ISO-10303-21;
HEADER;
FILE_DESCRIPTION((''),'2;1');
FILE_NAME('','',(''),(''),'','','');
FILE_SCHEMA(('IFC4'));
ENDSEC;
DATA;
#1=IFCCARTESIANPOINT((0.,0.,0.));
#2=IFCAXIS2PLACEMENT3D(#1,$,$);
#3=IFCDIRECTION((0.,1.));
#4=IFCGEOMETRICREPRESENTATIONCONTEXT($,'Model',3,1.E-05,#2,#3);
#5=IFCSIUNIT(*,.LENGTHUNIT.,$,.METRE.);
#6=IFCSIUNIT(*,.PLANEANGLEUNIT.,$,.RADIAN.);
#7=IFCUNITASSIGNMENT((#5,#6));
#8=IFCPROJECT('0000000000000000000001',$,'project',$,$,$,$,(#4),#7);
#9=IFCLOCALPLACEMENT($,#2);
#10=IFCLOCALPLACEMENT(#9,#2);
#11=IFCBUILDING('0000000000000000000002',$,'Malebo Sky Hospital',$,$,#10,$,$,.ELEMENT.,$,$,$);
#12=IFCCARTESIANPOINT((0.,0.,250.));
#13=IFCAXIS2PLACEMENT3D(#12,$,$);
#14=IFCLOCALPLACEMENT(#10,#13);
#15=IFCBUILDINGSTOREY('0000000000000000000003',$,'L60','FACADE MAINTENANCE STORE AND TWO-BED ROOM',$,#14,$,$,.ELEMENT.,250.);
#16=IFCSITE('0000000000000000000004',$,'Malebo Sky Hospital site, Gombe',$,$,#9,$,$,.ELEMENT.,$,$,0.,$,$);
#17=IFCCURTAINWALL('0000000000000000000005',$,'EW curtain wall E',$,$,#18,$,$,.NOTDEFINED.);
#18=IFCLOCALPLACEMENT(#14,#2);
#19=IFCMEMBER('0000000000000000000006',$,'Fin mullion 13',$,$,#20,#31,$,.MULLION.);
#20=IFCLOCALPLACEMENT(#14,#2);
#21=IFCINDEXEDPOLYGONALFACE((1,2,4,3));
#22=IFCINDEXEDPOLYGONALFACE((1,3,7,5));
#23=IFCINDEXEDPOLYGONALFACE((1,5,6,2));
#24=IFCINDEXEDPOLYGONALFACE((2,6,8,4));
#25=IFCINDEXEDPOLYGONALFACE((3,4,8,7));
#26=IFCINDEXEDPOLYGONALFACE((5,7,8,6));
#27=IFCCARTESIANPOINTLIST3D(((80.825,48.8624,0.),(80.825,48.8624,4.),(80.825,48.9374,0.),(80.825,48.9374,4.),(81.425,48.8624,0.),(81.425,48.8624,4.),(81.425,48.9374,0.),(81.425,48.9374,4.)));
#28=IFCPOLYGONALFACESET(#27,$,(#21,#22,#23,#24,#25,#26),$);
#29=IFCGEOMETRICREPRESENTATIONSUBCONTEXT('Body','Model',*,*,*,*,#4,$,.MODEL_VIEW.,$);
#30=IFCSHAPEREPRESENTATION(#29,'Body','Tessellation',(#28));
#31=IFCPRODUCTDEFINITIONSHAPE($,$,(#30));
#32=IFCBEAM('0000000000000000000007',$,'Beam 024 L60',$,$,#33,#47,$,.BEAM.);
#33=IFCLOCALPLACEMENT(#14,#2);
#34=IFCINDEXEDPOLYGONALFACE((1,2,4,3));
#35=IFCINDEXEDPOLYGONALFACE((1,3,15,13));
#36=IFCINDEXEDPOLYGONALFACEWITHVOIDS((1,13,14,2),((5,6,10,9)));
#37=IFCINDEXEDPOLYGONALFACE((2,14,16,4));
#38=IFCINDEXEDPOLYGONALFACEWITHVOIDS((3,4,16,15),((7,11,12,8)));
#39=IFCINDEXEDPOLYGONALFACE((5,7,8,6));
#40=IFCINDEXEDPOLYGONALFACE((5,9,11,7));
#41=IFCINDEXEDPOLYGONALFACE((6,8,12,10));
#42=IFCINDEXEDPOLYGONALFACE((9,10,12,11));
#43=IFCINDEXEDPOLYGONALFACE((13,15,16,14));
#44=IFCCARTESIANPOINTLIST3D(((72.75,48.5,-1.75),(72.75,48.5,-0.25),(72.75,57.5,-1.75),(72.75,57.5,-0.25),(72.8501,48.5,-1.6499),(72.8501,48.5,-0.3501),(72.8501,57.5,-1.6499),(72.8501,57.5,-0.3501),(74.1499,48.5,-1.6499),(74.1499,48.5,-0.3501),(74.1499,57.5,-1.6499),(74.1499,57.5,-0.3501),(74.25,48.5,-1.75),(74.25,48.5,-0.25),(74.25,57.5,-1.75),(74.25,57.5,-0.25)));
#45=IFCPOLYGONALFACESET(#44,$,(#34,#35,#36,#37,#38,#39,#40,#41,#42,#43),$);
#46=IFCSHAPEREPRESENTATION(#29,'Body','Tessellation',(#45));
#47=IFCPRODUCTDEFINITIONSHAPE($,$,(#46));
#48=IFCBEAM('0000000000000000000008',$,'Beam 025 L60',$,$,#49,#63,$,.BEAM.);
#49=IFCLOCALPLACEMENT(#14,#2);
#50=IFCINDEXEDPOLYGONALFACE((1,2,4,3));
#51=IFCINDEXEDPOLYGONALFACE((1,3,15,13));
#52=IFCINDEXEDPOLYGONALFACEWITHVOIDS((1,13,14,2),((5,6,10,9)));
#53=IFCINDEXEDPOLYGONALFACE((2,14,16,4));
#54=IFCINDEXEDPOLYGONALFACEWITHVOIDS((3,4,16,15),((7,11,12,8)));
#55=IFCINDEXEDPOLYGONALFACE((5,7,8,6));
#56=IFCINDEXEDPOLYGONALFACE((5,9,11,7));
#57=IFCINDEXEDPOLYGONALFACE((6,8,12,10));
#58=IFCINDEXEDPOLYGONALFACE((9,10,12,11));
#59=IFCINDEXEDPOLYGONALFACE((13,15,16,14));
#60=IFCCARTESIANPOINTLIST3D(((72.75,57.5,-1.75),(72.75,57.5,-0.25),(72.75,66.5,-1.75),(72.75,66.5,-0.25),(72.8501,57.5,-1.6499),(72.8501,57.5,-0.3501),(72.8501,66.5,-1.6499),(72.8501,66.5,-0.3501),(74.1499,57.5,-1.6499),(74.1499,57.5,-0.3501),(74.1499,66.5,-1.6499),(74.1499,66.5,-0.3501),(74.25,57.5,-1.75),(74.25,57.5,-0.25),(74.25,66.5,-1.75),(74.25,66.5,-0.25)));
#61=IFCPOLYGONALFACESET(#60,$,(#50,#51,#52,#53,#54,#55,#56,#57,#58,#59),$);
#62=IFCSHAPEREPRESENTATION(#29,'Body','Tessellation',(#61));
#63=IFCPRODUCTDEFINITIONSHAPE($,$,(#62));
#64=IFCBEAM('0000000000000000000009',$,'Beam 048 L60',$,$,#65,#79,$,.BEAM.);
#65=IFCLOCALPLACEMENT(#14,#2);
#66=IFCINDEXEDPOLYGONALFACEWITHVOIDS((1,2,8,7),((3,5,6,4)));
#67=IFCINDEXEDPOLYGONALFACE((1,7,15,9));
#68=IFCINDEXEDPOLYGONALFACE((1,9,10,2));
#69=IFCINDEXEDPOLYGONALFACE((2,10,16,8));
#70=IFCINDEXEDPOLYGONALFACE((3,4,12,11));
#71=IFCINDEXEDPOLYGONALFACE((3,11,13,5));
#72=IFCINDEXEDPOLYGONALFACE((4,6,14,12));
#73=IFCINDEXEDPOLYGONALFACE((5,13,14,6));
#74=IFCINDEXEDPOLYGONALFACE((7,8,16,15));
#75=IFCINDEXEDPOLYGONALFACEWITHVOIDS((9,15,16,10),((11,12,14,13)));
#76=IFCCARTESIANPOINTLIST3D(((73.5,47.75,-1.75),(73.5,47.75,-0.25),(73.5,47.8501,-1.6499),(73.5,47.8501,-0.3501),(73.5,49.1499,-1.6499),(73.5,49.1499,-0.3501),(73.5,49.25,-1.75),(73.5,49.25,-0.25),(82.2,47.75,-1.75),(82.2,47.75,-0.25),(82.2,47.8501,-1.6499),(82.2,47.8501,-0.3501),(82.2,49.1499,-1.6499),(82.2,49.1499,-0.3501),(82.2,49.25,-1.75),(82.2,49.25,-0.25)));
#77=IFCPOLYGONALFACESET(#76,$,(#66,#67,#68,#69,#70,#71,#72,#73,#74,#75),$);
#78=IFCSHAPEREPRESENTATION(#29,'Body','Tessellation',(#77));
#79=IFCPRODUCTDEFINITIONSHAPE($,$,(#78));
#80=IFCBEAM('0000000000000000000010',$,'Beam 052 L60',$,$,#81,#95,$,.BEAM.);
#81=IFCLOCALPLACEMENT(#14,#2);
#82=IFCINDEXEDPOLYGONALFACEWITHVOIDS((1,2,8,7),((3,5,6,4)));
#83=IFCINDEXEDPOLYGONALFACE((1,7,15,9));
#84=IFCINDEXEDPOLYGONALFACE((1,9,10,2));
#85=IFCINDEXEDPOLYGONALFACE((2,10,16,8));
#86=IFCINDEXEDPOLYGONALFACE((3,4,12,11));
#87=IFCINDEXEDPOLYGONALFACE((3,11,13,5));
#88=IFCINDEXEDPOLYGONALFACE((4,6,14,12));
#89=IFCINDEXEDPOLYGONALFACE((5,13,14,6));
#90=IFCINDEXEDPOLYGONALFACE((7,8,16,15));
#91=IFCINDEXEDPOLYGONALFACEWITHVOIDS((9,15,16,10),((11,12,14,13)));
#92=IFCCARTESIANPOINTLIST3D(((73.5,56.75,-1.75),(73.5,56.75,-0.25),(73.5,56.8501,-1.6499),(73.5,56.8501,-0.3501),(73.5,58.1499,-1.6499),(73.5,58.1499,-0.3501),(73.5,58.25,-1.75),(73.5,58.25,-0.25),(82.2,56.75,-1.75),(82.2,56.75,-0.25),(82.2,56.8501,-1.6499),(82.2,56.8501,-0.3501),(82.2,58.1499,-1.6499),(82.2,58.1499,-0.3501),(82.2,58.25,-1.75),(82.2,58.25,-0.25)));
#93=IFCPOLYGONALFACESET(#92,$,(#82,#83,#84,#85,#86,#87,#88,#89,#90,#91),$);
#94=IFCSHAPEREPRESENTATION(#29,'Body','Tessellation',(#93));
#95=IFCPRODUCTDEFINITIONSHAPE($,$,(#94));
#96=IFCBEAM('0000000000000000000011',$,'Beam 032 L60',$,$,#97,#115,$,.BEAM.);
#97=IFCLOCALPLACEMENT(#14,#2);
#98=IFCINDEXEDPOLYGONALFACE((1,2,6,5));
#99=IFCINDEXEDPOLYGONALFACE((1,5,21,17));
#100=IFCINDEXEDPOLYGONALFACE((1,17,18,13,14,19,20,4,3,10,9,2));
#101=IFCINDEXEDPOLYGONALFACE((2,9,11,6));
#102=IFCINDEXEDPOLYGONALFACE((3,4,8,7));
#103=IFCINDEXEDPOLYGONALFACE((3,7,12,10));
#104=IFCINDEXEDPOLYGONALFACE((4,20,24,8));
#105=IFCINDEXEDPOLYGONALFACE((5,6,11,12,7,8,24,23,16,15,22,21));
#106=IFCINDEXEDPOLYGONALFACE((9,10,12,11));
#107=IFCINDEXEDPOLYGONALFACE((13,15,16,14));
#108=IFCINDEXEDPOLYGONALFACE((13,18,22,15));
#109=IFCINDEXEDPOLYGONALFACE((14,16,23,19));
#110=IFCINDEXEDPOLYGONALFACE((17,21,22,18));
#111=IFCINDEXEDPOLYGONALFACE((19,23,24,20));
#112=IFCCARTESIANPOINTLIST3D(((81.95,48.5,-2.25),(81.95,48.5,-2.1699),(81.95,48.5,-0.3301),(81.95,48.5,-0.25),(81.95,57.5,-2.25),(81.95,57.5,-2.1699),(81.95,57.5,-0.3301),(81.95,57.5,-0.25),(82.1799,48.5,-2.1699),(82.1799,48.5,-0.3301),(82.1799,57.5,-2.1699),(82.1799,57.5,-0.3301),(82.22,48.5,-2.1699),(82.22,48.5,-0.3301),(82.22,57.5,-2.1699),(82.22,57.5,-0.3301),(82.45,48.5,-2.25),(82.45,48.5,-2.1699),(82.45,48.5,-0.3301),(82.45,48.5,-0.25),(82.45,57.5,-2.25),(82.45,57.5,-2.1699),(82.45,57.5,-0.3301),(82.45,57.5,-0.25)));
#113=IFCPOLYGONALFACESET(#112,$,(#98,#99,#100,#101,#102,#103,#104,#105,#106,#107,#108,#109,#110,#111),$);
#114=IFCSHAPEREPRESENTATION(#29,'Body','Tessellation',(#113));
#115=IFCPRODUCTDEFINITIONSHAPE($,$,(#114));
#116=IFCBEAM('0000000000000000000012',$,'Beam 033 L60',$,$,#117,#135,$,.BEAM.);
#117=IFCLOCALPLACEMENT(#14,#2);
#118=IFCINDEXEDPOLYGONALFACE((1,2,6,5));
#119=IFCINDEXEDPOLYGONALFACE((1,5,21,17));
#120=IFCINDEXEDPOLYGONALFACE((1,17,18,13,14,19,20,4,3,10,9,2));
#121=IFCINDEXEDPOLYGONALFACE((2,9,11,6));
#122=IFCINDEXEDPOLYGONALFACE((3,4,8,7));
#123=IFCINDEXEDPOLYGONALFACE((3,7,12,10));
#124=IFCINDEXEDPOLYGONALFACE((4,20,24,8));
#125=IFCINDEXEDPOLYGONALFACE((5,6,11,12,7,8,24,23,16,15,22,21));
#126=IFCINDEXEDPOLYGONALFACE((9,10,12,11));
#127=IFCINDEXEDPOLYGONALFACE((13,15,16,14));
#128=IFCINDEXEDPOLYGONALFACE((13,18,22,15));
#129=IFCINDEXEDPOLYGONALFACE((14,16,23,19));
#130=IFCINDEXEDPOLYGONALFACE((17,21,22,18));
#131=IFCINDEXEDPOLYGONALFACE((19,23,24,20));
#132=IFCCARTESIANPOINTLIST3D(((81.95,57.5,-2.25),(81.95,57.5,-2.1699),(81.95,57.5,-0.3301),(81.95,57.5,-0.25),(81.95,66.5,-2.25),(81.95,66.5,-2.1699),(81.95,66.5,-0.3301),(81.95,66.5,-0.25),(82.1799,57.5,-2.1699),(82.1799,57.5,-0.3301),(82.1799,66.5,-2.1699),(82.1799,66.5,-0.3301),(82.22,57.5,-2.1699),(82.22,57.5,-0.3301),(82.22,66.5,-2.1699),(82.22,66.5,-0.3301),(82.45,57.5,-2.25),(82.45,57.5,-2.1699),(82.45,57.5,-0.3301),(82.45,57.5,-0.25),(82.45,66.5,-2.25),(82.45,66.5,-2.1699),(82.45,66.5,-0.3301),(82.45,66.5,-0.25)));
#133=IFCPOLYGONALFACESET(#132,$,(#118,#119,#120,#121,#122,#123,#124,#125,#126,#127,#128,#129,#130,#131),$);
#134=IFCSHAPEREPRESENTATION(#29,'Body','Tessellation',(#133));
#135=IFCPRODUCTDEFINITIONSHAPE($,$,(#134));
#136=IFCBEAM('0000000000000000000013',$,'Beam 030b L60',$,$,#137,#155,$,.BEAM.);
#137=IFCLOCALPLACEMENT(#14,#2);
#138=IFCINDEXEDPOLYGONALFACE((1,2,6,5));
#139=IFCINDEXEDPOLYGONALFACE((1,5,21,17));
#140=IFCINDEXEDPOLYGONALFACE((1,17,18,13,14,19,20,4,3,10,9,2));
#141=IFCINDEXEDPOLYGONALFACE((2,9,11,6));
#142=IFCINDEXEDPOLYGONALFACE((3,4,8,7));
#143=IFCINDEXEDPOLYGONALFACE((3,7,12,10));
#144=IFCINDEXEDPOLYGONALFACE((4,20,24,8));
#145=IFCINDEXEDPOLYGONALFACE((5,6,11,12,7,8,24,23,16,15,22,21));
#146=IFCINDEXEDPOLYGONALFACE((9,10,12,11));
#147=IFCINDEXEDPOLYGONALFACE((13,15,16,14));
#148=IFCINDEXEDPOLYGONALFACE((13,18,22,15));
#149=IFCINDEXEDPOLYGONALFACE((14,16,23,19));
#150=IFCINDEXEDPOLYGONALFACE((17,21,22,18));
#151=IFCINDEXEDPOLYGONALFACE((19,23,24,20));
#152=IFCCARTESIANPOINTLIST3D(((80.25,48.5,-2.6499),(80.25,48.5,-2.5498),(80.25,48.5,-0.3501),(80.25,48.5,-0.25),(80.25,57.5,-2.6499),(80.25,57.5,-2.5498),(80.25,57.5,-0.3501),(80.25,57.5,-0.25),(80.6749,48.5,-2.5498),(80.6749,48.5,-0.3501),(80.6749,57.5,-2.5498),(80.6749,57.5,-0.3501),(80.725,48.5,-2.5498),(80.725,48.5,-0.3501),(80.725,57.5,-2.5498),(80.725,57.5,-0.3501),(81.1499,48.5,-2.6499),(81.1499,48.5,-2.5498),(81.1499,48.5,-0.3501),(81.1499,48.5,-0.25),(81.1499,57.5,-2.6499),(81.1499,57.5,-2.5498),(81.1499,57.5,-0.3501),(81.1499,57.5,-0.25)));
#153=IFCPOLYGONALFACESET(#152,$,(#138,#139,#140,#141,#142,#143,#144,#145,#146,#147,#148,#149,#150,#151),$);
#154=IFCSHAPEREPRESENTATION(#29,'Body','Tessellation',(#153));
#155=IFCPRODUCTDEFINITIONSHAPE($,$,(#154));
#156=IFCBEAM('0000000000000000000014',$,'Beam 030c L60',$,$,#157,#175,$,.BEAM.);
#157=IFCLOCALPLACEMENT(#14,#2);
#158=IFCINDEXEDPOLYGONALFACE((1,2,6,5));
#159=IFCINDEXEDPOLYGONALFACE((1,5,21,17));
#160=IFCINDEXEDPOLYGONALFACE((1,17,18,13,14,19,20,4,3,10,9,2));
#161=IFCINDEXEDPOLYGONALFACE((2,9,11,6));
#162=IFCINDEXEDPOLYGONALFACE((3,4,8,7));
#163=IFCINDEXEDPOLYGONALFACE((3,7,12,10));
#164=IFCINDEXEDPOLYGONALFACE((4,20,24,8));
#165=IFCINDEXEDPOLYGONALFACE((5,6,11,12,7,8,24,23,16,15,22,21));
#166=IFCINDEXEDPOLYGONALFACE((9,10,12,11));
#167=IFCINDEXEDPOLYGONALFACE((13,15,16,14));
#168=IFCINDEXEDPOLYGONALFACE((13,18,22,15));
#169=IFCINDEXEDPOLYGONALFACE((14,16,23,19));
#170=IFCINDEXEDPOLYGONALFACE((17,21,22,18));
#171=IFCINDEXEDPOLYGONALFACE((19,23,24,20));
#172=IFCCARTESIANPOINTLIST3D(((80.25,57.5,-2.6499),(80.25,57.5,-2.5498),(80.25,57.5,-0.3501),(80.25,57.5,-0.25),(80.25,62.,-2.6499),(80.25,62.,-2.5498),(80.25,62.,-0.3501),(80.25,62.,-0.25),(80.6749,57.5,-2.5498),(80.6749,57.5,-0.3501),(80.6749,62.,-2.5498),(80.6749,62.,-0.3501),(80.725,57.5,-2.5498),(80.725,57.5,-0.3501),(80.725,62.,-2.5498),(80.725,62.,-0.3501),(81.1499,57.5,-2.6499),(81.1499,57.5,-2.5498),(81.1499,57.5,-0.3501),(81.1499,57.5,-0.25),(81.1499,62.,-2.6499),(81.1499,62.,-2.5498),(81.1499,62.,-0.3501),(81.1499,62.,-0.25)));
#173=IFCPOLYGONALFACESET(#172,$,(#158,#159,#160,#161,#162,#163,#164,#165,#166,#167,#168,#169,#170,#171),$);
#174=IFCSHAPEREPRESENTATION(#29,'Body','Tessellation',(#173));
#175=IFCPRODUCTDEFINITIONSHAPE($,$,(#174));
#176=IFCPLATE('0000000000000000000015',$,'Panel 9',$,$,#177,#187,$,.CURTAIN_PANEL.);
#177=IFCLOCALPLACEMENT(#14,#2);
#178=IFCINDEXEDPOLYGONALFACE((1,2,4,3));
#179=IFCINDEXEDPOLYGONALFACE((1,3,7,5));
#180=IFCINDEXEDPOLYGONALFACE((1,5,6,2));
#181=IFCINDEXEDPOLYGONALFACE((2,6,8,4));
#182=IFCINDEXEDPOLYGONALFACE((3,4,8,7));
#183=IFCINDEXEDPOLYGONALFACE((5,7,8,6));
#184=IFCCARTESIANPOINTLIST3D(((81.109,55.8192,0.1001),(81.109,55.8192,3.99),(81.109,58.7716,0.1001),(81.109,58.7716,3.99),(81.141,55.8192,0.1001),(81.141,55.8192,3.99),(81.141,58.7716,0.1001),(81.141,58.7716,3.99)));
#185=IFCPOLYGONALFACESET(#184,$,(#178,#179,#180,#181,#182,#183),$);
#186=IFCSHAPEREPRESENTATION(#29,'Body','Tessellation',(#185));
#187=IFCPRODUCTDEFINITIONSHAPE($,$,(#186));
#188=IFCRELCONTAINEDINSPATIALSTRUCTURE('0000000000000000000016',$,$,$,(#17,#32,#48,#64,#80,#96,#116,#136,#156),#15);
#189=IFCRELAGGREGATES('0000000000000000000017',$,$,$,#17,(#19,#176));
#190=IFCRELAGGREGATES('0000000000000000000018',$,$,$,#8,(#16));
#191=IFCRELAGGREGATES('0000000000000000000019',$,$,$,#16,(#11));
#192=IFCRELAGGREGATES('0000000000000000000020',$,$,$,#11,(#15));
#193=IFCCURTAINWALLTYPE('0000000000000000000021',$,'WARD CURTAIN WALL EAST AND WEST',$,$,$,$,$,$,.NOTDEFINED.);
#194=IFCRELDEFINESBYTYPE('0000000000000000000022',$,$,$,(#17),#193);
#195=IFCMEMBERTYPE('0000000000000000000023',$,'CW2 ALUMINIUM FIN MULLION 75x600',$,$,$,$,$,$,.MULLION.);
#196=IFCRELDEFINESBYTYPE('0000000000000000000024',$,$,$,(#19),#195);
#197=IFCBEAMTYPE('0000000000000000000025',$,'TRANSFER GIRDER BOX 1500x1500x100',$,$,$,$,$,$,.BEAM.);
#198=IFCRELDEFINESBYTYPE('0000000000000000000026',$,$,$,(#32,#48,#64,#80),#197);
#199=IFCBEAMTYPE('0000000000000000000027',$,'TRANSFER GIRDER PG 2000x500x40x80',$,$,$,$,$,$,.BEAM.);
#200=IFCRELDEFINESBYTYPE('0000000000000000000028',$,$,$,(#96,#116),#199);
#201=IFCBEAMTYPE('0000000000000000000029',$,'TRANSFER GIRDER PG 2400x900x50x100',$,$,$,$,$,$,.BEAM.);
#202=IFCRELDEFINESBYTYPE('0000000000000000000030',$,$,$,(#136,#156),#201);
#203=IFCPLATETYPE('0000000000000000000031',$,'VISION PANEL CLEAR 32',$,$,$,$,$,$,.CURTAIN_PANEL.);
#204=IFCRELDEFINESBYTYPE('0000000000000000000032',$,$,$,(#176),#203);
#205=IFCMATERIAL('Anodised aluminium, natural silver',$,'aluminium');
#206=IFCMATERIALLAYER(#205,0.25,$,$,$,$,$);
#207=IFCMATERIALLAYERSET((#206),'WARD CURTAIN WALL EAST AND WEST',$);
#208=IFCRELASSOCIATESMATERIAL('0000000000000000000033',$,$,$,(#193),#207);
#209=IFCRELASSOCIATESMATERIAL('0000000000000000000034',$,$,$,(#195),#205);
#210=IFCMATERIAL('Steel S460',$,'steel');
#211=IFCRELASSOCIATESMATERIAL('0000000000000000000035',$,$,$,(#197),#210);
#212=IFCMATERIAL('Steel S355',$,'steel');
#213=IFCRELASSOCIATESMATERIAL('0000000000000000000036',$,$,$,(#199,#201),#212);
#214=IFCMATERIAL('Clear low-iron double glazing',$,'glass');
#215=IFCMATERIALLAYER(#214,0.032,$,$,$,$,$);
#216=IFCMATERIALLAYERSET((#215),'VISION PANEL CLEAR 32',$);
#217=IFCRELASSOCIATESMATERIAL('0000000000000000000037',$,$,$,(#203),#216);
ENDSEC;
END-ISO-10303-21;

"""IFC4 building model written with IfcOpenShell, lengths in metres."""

from ifc_helpers import new_model, si_unit, direction, frame, origin, origin_2d, place, context, subcontext, project, spatial, rectangle, hollow_rectangle, i_section, extrude, material, layer, layer_set, material_profile, profile_set, type_object, element, aggregate, save


model = new_model("IFC4")

# Units and contexts
model_context = context("Model", 3, precision=1e-05, world=origin(), true_north=direction((0.0, 1.0)))
body_context = subcontext(model_context, "Body", "Model", "MODEL_VIEW")
ifc_project = project(units=[si_unit("LENGTHUNIT", "METRE"), si_unit("PLANEANGLEUNIT", "RADIAN")], contexts=[model_context])

# Site, building, storey
site_placement = place(None, origin())
site = spatial("IfcSite", under=ifc_project, at=site_placement, Name="Malebo Sky Hospital site, Gombe", CompositionType="ELEMENT", RefElevation=0.0)
building_placement = place(site_placement, origin())
building = spatial("IfcBuilding", under=site, at=building_placement, Name="Malebo Sky Hospital", CompositionType="ELEMENT")
storey_placement = place(building_placement, frame((0.0, 0.0, 250.0)))
storey = spatial("IfcBuildingStorey", under=building, at=storey_placement, Name="L60", Description="FACADE MAINTENANCE STORE AND TWO-BED ROOM", CompositionType="ELEMENT", Elevation=250.0)

# Shared definitions
ifc_material_1 = material(Name="Steel S460", Category="steel")

# Curtain wall, member
ifc_material_2 = material(Name="Anodised aluminium, natural silver", Category="aluminium")
ifc_layer_1 = layer(ifc_material_2, 0.25)
ifc_layer_set_1 = layer_set([ifc_layer_1], Name="WARD CURTAIN WALL EAST AND WEST")
curtain_wall_type = type_object("IfcCurtainWallType", Name="WARD CURTAIN WALL EAST AND WEST", PredefinedType="NOTDEFINED", material=ifc_layer_set_1)
curtain_wall_placement = place(storey_placement, origin())
curtain_wall = element("IfcCurtainWall", 1, at=curtain_wall_placement, inside=storey, type_object=curtain_wall_type, Name="EW curtain wall E", PredefinedType="NOTDEFINED")
ifc_material_profile_1 = material_profile(ifc_material_2, rectangle(XDim=0.075, YDim=0.6001, at=origin_2d()), Name="CW2 ALUMINIUM FIN MULLION 75x600")
ifc_profile_set_1 = profile_set([ifc_material_profile_1], Name="Anodised aluminium, natural silver")
member_type_1 = type_object("IfcMemberType", Name="CW2 ALUMINIUM FIN MULLION 75x600", PredefinedType="MULLION", material=ifc_profile_set_1)
member_1_placement = place(storey_placement, frame((81.125, 48.8999, 0.0), z_axis=(0.0, 0.0, 1.0), x_axis=(0.0, -1.0, 0.0)))
member_1 = element("IfcMember", 2, at=member_1_placement, type_object=member_type_1, Name="Fin mullion 13", PredefinedType="MULLION", context=body_context, shape_type="SweptSolid", body=[
    extrude(rectangle(XDim=0.075, YDim=0.6001, at=origin_2d()), origin(), (0.0, 0.0, 1.0), 4.0),
])

# Beams
ifc_material_profile_2 = material_profile(ifc_material_1, hollow_rectangle(XDim=1.5, YDim=1.5, WallThickness=0.1001, at=origin_2d()), Name="BOX 1500x1500x100")
ifc_profile_set_2 = profile_set([ifc_material_profile_2], Name="Steel S460")
beam_type_1 = type_object("IfcBeamType", Name="TRANSFER GIRDER BOX 1500x1500x100", PredefinedType="BEAM", material=ifc_profile_set_2)
for number, where, z_axis, x_axis, name in (
    (3, (73.5, 48.5, -1.0), (0.0, 1.0, 0.0), (-1.0, 0.0, 0.0), "Beam 024 L60"),
    (4, (73.5, 57.5, -1.0), (0.0, 1.0, 0.0), (-1.0, 0.0, 0.0), "Beam 025 L60"),
):
    element("IfcBeam", number, at=place(storey_placement, frame(where, z_axis=z_axis, x_axis=x_axis)), inside=storey, type_object=beam_type_1, Name=name, PredefinedType="BEAM", context=body_context, shape_type="SweptSolid", body=[
        extrude(hollow_rectangle(XDim=1.5, YDim=1.5, WallThickness=0.1001, at=origin_2d()), origin(), (0.0, 0.0, 1.0), 9.0),
    ])
for number, where, z_axis, x_axis, name in (
    (5, (73.5, 48.5, -1.0), (1.0, 0.0, 0.0), (0.0, 1.0, 0.0), "Beam 048 L60"),
    (6, (73.5, 57.5, -1.0), (1.0, 0.0, 0.0), (0.0, 1.0, 0.0), "Beam 052 L60"),
):
    element("IfcBeam", number, at=place(storey_placement, frame(where, z_axis=z_axis, x_axis=x_axis)), inside=storey, type_object=beam_type_1, Name=name, PredefinedType="BEAM", context=body_context, shape_type="SweptSolid", body=[
        extrude(hollow_rectangle(XDim=1.5, YDim=1.5, WallThickness=0.1001, at=origin_2d()), origin(), (0.0, 0.0, 1.0), 8.7),
    ])
ifc_material_3 = material(Name="Steel S355", Category="steel")
ifc_material_profile_3 = material_profile(ifc_material_3, i_section(OverallWidth=0.5, OverallDepth=2.0, WebThickness=0.04, FlangeThickness=0.0801, at=origin_2d()), Name="PG 2000x500x40x80")
ifc_profile_set_3 = profile_set([ifc_material_profile_3], Name="Steel S355")
beam_type_2 = type_object("IfcBeamType", Name="TRANSFER GIRDER PG 2000x500x40x80", PredefinedType="BEAM", material=ifc_profile_set_3)
for number, where, z_axis, x_axis, name in (
    (7, (82.2, 48.5, -1.25), (0.0, 1.0, 0.0), (-1.0, 0.0, 0.0), "Beam 032 L60"),
    (8, (82.2, 57.5, -1.25), (0.0, 1.0, 0.0), (-1.0, 0.0, 0.0), "Beam 033 L60"),
):
    element("IfcBeam", number, at=place(storey_placement, frame(where, z_axis=z_axis, x_axis=x_axis)), inside=storey, type_object=beam_type_2, Name=name, PredefinedType="BEAM", context=body_context, shape_type="SweptSolid", body=[
        extrude(i_section(OverallWidth=0.5, OverallDepth=2.0, WebThickness=0.04, FlangeThickness=0.0801, at=origin_2d()), origin(), (0.0, 0.0, 1.0), 9.0),
    ])
ifc_material_profile_4 = material_profile(ifc_material_3, i_section(OverallWidth=0.8999, OverallDepth=2.3999, WebThickness=0.05, FlangeThickness=0.1001, at=origin_2d()), Name="PG 2400x900x50x100")
ifc_profile_set_4 = profile_set([ifc_material_profile_4], Name="Steel S355")
beam_type_3 = type_object("IfcBeamType", Name="TRANSFER GIRDER PG 2400x900x50x100", PredefinedType="BEAM", material=ifc_profile_set_4)
beam_1_placement = place(storey_placement, frame((80.7, 48.5, -1.45), z_axis=(0.0, 1.0, 0.0), x_axis=(-1.0, 0.0, 0.0)))
element("IfcBeam", 9, at=beam_1_placement, inside=storey, type_object=beam_type_3, Name="Beam 030b L60", PredefinedType="BEAM", context=body_context, shape_type="SweptSolid", body=[
    extrude(i_section(OverallWidth=0.8999, OverallDepth=2.3999, WebThickness=0.05, FlangeThickness=0.1001, at=origin_2d()), origin(), (0.0, 0.0, 1.0), 9.0),
])
beam_2_placement = place(storey_placement, frame((80.7, 57.5, -1.45), z_axis=(0.0, 1.0, 0.0), x_axis=(-1.0, 0.0, 0.0)))
element("IfcBeam", 10, at=beam_2_placement, inside=storey, type_object=beam_type_3, Name="Beam 030c L60", PredefinedType="BEAM", context=body_context, shape_type="SweptSolid", body=[
    extrude(i_section(OverallWidth=0.8999, OverallDepth=2.3999, WebThickness=0.05, FlangeThickness=0.1001, at=origin_2d()), origin(), (0.0, 0.0, 1.0), 4.5),
])

# Plate
ifc_material_4 = material(Name="Clear low-iron double glazing", Category="glass")
ifc_layer_2 = layer(ifc_material_4, 0.032)
ifc_layer_set_2 = layer_set([ifc_layer_2], Name="VISION PANEL CLEAR 32")
plate_type = type_object("IfcPlateType", Name="VISION PANEL CLEAR 32", PredefinedType="CURTAIN_PANEL", material=ifc_layer_set_2)
plate_1_placement = place(storey_placement, frame((81.125, 57.2954, 0.1001), z_axis=(0.0, 0.0, 1.0), x_axis=(0.0, -1.0, 0.0)))
plate_1 = element("IfcPlate", 11, at=plate_1_placement, type_object=plate_type, Name="Panel 9", PredefinedType="CURTAIN_PANEL", context=body_context, shape_type="SweptSolid", body=[
    extrude(rectangle(XDim=2.9524, YDim=0.032, at=origin_2d()), origin(), (0.0, 0.0, 1.0), 3.8899),
])
aggregate(curtain_wall, [member_1, plate_1])

save(model, "model.ifc")
